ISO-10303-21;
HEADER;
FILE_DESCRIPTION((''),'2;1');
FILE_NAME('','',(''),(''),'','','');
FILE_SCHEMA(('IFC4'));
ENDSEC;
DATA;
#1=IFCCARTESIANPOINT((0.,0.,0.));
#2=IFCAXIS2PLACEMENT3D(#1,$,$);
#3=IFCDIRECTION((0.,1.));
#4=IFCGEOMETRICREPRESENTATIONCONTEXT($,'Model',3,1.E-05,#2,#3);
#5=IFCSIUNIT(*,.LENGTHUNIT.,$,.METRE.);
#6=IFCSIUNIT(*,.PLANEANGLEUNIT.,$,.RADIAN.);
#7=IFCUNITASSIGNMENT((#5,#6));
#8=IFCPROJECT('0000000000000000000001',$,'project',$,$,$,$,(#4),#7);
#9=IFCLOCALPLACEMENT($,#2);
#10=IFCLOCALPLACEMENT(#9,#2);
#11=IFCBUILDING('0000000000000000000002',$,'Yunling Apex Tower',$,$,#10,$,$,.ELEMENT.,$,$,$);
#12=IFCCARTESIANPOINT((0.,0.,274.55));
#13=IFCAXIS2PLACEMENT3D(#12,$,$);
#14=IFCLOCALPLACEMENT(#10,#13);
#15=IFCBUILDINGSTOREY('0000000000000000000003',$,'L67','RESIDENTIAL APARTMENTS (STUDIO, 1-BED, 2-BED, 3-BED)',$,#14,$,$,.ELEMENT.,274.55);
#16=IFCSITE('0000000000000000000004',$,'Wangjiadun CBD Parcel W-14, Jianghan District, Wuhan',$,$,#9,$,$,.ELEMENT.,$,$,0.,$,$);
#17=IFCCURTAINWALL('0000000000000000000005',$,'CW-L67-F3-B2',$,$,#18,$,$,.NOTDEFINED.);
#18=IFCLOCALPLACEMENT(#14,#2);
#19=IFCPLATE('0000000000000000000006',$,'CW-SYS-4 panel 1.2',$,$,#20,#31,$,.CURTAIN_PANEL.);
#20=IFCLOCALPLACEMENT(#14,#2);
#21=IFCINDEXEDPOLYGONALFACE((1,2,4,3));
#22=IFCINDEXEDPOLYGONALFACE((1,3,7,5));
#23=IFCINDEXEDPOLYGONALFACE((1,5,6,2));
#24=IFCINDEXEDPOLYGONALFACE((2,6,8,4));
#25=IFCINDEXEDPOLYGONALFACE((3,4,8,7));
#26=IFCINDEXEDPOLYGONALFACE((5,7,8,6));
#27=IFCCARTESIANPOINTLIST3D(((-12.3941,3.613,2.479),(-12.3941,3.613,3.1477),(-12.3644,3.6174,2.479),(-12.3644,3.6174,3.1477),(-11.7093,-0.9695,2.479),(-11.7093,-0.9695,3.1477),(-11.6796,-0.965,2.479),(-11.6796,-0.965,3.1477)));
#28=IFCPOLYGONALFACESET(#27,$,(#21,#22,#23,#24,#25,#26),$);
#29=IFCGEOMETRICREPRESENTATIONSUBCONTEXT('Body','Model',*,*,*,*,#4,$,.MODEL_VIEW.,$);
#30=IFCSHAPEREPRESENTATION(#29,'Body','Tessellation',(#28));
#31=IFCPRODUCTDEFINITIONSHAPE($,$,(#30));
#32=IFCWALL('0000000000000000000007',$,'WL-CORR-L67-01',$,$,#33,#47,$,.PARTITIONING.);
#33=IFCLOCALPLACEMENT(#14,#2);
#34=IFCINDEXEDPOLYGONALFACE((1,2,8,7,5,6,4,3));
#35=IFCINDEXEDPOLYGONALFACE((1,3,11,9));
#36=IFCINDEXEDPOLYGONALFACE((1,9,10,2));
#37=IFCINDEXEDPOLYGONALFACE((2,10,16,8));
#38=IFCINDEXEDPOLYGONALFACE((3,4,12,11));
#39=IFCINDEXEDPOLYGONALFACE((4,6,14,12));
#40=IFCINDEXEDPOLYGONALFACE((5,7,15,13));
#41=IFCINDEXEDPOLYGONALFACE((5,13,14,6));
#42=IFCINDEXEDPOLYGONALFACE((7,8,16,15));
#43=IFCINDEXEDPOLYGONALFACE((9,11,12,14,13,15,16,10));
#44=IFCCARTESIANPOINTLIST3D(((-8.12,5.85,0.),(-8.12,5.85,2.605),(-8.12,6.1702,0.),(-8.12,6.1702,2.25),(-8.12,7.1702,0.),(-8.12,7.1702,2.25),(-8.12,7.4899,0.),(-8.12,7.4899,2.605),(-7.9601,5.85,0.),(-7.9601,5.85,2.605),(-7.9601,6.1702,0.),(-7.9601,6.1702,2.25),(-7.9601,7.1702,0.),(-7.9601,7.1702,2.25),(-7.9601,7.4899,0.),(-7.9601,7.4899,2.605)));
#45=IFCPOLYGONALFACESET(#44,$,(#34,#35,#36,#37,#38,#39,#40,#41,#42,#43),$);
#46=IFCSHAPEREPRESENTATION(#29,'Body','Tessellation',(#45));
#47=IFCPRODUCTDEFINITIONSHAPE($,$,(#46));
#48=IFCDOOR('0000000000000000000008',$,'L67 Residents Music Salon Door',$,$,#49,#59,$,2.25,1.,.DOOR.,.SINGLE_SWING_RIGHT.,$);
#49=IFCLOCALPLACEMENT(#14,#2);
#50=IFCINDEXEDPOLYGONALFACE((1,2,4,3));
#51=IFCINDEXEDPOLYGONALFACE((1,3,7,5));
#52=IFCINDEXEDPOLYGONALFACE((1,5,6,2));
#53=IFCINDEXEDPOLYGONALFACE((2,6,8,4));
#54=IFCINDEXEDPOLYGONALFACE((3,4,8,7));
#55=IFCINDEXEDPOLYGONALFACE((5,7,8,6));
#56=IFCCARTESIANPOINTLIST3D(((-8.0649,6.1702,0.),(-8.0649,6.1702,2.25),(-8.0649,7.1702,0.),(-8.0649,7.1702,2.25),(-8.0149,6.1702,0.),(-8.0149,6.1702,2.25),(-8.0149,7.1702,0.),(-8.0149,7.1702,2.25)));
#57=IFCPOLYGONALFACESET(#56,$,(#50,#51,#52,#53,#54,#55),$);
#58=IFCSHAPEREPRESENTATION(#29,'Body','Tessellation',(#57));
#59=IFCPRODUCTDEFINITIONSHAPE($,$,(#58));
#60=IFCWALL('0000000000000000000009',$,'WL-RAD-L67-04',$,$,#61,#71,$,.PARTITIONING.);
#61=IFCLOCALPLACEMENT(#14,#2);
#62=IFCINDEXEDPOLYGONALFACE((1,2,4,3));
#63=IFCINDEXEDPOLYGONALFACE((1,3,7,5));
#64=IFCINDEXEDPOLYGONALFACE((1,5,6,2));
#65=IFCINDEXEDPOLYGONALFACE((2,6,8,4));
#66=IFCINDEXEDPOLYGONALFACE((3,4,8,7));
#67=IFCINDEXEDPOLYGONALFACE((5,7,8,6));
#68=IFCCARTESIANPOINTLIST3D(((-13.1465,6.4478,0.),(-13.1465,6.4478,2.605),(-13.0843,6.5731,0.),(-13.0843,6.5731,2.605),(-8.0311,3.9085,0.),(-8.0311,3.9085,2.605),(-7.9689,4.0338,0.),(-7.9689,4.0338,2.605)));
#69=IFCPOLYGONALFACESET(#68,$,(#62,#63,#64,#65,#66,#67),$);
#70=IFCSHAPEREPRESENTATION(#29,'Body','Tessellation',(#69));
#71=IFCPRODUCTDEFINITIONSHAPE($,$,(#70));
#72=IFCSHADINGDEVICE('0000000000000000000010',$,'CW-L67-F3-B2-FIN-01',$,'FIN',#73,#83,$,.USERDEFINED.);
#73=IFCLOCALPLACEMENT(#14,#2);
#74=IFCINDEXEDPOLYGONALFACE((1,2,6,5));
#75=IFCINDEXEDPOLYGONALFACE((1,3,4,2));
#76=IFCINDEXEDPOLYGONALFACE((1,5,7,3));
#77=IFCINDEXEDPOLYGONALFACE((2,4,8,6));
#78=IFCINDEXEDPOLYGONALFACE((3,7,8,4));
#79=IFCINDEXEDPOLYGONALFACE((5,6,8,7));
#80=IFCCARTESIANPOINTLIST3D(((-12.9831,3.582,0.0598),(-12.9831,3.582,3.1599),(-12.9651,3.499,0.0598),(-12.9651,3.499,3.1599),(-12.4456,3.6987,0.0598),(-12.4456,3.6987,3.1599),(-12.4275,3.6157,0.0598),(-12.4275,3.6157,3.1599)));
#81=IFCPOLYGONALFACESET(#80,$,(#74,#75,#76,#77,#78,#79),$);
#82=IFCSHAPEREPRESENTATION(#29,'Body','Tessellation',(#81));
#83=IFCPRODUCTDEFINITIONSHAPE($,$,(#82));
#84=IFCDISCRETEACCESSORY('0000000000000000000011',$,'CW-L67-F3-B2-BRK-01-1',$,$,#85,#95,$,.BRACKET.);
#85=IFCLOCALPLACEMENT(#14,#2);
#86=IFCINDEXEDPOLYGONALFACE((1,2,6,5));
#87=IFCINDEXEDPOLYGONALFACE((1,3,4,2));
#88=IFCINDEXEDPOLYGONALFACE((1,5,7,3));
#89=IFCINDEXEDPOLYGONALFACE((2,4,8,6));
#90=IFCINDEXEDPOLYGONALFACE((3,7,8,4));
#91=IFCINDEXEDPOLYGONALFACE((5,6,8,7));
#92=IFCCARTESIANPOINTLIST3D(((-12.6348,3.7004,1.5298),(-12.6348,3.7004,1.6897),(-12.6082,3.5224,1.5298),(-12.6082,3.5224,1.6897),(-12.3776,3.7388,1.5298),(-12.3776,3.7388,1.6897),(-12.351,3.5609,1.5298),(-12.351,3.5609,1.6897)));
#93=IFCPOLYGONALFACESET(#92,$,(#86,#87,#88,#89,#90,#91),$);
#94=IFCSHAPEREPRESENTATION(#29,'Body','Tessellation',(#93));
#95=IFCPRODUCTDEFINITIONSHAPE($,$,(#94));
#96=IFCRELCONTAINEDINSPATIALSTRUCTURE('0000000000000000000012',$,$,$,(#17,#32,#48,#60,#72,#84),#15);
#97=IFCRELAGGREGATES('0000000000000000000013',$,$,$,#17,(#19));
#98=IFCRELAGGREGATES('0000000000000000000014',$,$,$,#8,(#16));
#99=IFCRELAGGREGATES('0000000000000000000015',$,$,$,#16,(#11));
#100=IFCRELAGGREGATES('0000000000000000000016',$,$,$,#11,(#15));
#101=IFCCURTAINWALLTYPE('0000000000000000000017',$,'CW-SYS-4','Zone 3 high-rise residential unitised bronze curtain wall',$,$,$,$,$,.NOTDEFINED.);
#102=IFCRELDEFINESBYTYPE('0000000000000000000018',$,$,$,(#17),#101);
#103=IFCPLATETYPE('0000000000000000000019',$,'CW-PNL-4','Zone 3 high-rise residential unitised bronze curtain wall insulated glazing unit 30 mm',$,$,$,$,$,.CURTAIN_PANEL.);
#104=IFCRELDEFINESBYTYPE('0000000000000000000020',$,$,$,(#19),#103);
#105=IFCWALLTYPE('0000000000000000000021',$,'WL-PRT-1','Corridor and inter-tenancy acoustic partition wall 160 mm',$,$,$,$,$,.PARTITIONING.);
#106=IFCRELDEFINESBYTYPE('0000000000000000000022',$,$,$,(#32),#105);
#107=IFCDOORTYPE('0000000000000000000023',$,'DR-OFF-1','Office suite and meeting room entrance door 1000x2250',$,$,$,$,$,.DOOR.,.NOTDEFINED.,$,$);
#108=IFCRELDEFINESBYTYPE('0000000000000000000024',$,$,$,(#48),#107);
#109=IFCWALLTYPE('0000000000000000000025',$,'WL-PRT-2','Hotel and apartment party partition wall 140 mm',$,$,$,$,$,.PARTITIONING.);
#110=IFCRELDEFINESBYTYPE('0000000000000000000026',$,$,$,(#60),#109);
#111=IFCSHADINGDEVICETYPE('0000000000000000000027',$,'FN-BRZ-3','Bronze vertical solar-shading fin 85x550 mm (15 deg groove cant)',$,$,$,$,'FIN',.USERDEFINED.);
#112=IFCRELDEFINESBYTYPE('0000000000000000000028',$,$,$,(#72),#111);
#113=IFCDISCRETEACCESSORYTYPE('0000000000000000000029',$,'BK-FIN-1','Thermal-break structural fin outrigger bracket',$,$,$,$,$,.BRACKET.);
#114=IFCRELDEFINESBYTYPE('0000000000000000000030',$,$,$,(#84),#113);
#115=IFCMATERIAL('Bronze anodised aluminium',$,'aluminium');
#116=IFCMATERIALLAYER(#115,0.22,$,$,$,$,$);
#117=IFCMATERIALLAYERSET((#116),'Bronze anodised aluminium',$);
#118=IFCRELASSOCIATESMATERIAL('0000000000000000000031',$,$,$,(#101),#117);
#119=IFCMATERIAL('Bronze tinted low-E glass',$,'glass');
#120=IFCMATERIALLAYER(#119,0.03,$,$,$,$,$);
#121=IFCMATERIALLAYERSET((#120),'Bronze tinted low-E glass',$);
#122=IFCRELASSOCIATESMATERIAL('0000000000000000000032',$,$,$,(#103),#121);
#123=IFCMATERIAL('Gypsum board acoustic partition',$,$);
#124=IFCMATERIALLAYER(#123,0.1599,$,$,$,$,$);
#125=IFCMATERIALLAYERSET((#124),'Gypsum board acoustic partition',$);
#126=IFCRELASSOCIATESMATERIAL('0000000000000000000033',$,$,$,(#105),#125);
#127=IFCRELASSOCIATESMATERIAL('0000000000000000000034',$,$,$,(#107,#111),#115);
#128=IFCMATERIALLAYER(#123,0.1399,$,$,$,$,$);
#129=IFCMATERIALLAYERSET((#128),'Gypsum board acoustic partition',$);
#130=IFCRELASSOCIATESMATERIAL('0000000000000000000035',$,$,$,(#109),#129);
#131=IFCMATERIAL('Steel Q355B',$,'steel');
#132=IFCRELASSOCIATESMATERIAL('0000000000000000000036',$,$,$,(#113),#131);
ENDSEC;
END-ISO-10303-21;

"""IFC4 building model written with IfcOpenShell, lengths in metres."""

from ifc_helpers import new_model, si_unit, direction, frame, frame_2d, origin, origin_2d, place, context, subcontext, project, spatial, rectangle, extrude, source, transform, mapped, material, layer, layer_set, material_profile, profile_set, type_object, element, fill, aggregate, save


model = new_model("IFC4")

# Units and contexts
model_context = context("Model", 3, precision=1e-05, world=origin(), true_north=direction((0.0, 1.0)))
body_context = subcontext(model_context, "Body", "Model", "MODEL_VIEW")
ifc_project = project(units=[si_unit("LENGTHUNIT", "METRE"), si_unit("PLANEANGLEUNIT", "RADIAN")], contexts=[model_context])

# Site, building, storey
site_placement = place(None, origin())
site = spatial("IfcSite", under=ifc_project, at=site_placement, Name="Wangjiadun CBD Parcel W-14, Jianghan District, Wuhan", CompositionType="ELEMENT", RefElevation=0.0)
building_placement = place(site_placement, origin())
building = spatial("IfcBuilding", under=site, at=building_placement, Name="Yunling Apex Tower", CompositionType="ELEMENT")
storey_placement = place(building_placement, frame((0.0, 0.0, 274.55)))
storey = spatial("IfcBuildingStorey", under=building, at=storey_placement, Name="L67", Description="RESIDENTIAL APARTMENTS (STUDIO, 1-BED, 2-BED, 3-BED)", CompositionType="ELEMENT", Elevation=274.55)

# Shared definitions
ifc_material_1 = material(Name="Steel Q355B", Category="steel")

# Shared definitions
ifc_material_2 = material(Name="Bronze anodised aluminium", Category="aluminium")
ifc_layer_1 = layer(ifc_material_2, 0.22)
ifc_layer_set_1 = layer_set([ifc_layer_1], Name="Bronze anodised aluminium")
curtain_wall_type = type_object("IfcCurtainWallType", Name="CW-SYS-4", Description="Zone 3 high-rise residential unitised bronze curtain wall", PredefinedType="NOTDEFINED", material=ifc_layer_set_1)

# Curtain wall, plate
curtain_wall_1_placement = place(storey_placement, origin())
curtain_wall_1 = element("IfcCurtainWall", 1, at=curtain_wall_1_placement, inside=storey, type_object=curtain_wall_type, Name="CW-L67-F3-B2", PredefinedType="NOTDEFINED")
ifc_material_3 = material(Name="Bronze tinted low-E glass", Category="glass")
ifc_layer_2 = layer(ifc_material_3, 0.03)
ifc_layer_set_2 = layer_set([ifc_layer_2], Name="Bronze tinted low-E glass")
plate_type = type_object("IfcPlateType", Name="CW-PNL-4", Description="Zone 3 high-rise residential unitised bronze curtain wall insulated glazing unit 30 mm", PredefinedType="CURTAIN_PANEL", material=ifc_layer_set_2)
shared_shape_1 = source(origin(), body_context, "Body", "SweptSolid", [
    extrude(rectangle(XDim=4.6333, YDim=0.03, at=origin_2d()), origin(), (0.0, 0.0, 1.0), 0.6687),
])
plate_1_placement = place(storey_placement, frame((-12.0369, 1.324, 2.479), z_axis=(0.0, 0.0, 1.0), x_axis=(0.147804, -0.989017, 0.0)))
plate_1 = element("IfcPlate", 2, at=plate_1_placement, type_object=plate_type, Name="CW-SYS-4 panel 1.2", PredefinedType="CURTAIN_PANEL", context=body_context, shape_type="MappedRepresentation", body=[
    mapped(shared_shape_1, transform((0.0, 0.0, 0.0), scale=1.0)),
])
aggregate(curtain_wall_1, [plate_1])

# Wall, opening, door
ifc_material_4 = material(Name="Gypsum board acoustic partition")
ifc_layer_3 = layer(ifc_material_4, 0.1599)
ifc_layer_set_3 = layer_set([ifc_layer_3], Name="Gypsum board acoustic partition")
wall_type_1 = type_object("IfcWallType", Name="WL-PRT-1", Description="Corridor and inter-tenancy acoustic partition wall 160 mm", PredefinedType="PARTITIONING", material=ifc_layer_set_3)
wall_1_placement = place(storey_placement, frame((-8.04, 5.8501, 0.0), z_axis=(0.0, 0.0, 1.0), x_axis=(0.0, 1.0, 0.0)))
wall_1 = element("IfcWall", 3, at=wall_1_placement, inside=storey, type_object=wall_type_1, Name="WL-CORR-L67-01", PredefinedType="PARTITIONING", context=body_context, shape_type="SweptSolid", body=[
    extrude(rectangle(XDim=1.6399, YDim=0.1599, at=frame_2d((0.8198, 0.0))), origin(), (0.0, 0.0, 1.0), 2.605),
])
opening_placement = place(wall_1_placement, frame((0.3201, 0.0, 0.0)))
opening = element("IfcOpeningElement", 4, at=opening_placement, cuts=wall_1, PredefinedType="OPENING", context=body_context, shape_type="SweptSolid", body=[
    extrude(rectangle(XDim=1.0, YDim=2.25, at=frame_2d((0.5, 1.125))), frame((0.0, 0.0898, 0.0), z_axis=(0.0, -1.0, 0.0), x_axis=(1.0, 0.0, 0.0)), (0.0, 0.0, 1.0), 0.1799),
])
door_type = type_object("IfcDoorType", Name="DR-OFF-1", Description="Office suite and meeting room entrance door 1000x2250", OperationType="NOTDEFINED", PredefinedType="DOOR", material=ifc_material_2)
door_placement = place(opening_placement, origin())
door = element("IfcDoor", 5, at=door_placement, inside=storey, type_object=door_type, Name="L67 Residents Music Salon Door", OperationType="SINGLE_SWING_RIGHT", OverallHeight=2.25, OverallWidth=1.0, PredefinedType="DOOR", context=body_context, shape_type="SweptSolid", body=[
    extrude(rectangle(XDim=1.0, YDim=2.25, at=frame_2d((0.5, 1.125))), frame((0.0, 0.0249, 0.0), z_axis=(0.0, -1.0, 0.0), x_axis=(1.0, 0.0, 0.0)), (0.0, 0.0, 1.0), 0.05),
])
fill(opening, door)

# Wall
ifc_layer_4 = layer(ifc_material_4, 0.1399)
ifc_layer_set_4 = layer_set([ifc_layer_4], Name="Gypsum board acoustic partition")
wall_type_2 = type_object("IfcWallType", Name="WL-PRT-2", Description="Hotel and apartment party partition wall 140 mm", PredefinedType="PARTITIONING", material=ifc_layer_set_4)
wall_2_placement = place(storey_placement, frame((-8.0, 3.9712, 0.0), z_axis=(0.0, 0.0, 1.0), x_axis=(-0.895714, 0.44463, 0.0)))
element("IfcWall", 6, at=wall_2_placement, inside=storey, type_object=wall_type_2, Name="WL-RAD-L67-04", PredefinedType="PARTITIONING", context=body_context, shape_type="SweptSolid", body=[
    extrude(rectangle(XDim=5.7109, YDim=0.1399, at=frame_2d((2.8555, 0.0))), origin(), (0.0, 0.0, 1.0), 2.605),
])

# Shading device
ifc_material_profile_1 = material_profile(ifc_material_2, rectangle(XDim=0.085, YDim=0.55, at=origin_2d()))
ifc_profile_set_1 = profile_set([ifc_material_profile_1], Name="Bronze anodised aluminium")
shading_device_type = type_object("IfcShadingDeviceType", Name="FN-BRZ-3", Description="Bronze vertical solar-shading fin 85x550 mm (15 deg groove cant)", ElementType="FIN", PredefinedType="USERDEFINED", material=ifc_profile_set_1)
shared_shape_2 = source(origin(), body_context, "Body", "SweptSolid", [
    extrude(rectangle(XDim=0.085, YDim=0.55, at=origin_2d()), origin(), (0.0, 0.0, 1.0), 3.1001),
])
shading_device_placement = place(storey_placement, frame((-12.7053, 3.5989, 0.0598), z_axis=(0.0, 0.0, 1.0), x_axis=(0.212178, -0.977231, 0.0)))
element("IfcShadingDevice", 7, at=shading_device_placement, inside=storey, type_object=shading_device_type, Name="CW-L67-F3-B2-FIN-01", ObjectType="FIN", PredefinedType="USERDEFINED", context=body_context, shape_type="MappedRepresentation", body=[
    mapped(shared_shape_2, transform((0.0, 0.0, 0.0), scale=1.0)),
])

# Discrete accessory
discrete_accessory_type = type_object("IfcDiscreteAccessoryType", Name="BK-FIN-1", Description="Thermal-break structural fin outrigger bracket", PredefinedType="BRACKET", material=ifc_material_1)
shared_shape_3 = source(origin(), body_context, "Body", "SweptSolid", [
    extrude(rectangle(XDim=0.1799, YDim=0.26, at=origin_2d()), origin(), (0.0, 0.0, 1.0), 0.1599),
])
discrete_accessory_placement = place(storey_placement, frame((-12.4929, 3.6306, 1.5298), z_axis=(0.0, 0.0, 1.0), x_axis=(0.147809, -0.989016, 0.0)))
element("IfcDiscreteAccessory", 8, at=discrete_accessory_placement, inside=storey, type_object=discrete_accessory_type, Name="CW-L67-F3-B2-BRK-01-1", PredefinedType="BRACKET", context=body_context, shape_type="MappedRepresentation", body=[
    mapped(shared_shape_3, transform((0.0, 0.0, 0.0), scale=1.0)),
])

save(model, "model.ifc")
